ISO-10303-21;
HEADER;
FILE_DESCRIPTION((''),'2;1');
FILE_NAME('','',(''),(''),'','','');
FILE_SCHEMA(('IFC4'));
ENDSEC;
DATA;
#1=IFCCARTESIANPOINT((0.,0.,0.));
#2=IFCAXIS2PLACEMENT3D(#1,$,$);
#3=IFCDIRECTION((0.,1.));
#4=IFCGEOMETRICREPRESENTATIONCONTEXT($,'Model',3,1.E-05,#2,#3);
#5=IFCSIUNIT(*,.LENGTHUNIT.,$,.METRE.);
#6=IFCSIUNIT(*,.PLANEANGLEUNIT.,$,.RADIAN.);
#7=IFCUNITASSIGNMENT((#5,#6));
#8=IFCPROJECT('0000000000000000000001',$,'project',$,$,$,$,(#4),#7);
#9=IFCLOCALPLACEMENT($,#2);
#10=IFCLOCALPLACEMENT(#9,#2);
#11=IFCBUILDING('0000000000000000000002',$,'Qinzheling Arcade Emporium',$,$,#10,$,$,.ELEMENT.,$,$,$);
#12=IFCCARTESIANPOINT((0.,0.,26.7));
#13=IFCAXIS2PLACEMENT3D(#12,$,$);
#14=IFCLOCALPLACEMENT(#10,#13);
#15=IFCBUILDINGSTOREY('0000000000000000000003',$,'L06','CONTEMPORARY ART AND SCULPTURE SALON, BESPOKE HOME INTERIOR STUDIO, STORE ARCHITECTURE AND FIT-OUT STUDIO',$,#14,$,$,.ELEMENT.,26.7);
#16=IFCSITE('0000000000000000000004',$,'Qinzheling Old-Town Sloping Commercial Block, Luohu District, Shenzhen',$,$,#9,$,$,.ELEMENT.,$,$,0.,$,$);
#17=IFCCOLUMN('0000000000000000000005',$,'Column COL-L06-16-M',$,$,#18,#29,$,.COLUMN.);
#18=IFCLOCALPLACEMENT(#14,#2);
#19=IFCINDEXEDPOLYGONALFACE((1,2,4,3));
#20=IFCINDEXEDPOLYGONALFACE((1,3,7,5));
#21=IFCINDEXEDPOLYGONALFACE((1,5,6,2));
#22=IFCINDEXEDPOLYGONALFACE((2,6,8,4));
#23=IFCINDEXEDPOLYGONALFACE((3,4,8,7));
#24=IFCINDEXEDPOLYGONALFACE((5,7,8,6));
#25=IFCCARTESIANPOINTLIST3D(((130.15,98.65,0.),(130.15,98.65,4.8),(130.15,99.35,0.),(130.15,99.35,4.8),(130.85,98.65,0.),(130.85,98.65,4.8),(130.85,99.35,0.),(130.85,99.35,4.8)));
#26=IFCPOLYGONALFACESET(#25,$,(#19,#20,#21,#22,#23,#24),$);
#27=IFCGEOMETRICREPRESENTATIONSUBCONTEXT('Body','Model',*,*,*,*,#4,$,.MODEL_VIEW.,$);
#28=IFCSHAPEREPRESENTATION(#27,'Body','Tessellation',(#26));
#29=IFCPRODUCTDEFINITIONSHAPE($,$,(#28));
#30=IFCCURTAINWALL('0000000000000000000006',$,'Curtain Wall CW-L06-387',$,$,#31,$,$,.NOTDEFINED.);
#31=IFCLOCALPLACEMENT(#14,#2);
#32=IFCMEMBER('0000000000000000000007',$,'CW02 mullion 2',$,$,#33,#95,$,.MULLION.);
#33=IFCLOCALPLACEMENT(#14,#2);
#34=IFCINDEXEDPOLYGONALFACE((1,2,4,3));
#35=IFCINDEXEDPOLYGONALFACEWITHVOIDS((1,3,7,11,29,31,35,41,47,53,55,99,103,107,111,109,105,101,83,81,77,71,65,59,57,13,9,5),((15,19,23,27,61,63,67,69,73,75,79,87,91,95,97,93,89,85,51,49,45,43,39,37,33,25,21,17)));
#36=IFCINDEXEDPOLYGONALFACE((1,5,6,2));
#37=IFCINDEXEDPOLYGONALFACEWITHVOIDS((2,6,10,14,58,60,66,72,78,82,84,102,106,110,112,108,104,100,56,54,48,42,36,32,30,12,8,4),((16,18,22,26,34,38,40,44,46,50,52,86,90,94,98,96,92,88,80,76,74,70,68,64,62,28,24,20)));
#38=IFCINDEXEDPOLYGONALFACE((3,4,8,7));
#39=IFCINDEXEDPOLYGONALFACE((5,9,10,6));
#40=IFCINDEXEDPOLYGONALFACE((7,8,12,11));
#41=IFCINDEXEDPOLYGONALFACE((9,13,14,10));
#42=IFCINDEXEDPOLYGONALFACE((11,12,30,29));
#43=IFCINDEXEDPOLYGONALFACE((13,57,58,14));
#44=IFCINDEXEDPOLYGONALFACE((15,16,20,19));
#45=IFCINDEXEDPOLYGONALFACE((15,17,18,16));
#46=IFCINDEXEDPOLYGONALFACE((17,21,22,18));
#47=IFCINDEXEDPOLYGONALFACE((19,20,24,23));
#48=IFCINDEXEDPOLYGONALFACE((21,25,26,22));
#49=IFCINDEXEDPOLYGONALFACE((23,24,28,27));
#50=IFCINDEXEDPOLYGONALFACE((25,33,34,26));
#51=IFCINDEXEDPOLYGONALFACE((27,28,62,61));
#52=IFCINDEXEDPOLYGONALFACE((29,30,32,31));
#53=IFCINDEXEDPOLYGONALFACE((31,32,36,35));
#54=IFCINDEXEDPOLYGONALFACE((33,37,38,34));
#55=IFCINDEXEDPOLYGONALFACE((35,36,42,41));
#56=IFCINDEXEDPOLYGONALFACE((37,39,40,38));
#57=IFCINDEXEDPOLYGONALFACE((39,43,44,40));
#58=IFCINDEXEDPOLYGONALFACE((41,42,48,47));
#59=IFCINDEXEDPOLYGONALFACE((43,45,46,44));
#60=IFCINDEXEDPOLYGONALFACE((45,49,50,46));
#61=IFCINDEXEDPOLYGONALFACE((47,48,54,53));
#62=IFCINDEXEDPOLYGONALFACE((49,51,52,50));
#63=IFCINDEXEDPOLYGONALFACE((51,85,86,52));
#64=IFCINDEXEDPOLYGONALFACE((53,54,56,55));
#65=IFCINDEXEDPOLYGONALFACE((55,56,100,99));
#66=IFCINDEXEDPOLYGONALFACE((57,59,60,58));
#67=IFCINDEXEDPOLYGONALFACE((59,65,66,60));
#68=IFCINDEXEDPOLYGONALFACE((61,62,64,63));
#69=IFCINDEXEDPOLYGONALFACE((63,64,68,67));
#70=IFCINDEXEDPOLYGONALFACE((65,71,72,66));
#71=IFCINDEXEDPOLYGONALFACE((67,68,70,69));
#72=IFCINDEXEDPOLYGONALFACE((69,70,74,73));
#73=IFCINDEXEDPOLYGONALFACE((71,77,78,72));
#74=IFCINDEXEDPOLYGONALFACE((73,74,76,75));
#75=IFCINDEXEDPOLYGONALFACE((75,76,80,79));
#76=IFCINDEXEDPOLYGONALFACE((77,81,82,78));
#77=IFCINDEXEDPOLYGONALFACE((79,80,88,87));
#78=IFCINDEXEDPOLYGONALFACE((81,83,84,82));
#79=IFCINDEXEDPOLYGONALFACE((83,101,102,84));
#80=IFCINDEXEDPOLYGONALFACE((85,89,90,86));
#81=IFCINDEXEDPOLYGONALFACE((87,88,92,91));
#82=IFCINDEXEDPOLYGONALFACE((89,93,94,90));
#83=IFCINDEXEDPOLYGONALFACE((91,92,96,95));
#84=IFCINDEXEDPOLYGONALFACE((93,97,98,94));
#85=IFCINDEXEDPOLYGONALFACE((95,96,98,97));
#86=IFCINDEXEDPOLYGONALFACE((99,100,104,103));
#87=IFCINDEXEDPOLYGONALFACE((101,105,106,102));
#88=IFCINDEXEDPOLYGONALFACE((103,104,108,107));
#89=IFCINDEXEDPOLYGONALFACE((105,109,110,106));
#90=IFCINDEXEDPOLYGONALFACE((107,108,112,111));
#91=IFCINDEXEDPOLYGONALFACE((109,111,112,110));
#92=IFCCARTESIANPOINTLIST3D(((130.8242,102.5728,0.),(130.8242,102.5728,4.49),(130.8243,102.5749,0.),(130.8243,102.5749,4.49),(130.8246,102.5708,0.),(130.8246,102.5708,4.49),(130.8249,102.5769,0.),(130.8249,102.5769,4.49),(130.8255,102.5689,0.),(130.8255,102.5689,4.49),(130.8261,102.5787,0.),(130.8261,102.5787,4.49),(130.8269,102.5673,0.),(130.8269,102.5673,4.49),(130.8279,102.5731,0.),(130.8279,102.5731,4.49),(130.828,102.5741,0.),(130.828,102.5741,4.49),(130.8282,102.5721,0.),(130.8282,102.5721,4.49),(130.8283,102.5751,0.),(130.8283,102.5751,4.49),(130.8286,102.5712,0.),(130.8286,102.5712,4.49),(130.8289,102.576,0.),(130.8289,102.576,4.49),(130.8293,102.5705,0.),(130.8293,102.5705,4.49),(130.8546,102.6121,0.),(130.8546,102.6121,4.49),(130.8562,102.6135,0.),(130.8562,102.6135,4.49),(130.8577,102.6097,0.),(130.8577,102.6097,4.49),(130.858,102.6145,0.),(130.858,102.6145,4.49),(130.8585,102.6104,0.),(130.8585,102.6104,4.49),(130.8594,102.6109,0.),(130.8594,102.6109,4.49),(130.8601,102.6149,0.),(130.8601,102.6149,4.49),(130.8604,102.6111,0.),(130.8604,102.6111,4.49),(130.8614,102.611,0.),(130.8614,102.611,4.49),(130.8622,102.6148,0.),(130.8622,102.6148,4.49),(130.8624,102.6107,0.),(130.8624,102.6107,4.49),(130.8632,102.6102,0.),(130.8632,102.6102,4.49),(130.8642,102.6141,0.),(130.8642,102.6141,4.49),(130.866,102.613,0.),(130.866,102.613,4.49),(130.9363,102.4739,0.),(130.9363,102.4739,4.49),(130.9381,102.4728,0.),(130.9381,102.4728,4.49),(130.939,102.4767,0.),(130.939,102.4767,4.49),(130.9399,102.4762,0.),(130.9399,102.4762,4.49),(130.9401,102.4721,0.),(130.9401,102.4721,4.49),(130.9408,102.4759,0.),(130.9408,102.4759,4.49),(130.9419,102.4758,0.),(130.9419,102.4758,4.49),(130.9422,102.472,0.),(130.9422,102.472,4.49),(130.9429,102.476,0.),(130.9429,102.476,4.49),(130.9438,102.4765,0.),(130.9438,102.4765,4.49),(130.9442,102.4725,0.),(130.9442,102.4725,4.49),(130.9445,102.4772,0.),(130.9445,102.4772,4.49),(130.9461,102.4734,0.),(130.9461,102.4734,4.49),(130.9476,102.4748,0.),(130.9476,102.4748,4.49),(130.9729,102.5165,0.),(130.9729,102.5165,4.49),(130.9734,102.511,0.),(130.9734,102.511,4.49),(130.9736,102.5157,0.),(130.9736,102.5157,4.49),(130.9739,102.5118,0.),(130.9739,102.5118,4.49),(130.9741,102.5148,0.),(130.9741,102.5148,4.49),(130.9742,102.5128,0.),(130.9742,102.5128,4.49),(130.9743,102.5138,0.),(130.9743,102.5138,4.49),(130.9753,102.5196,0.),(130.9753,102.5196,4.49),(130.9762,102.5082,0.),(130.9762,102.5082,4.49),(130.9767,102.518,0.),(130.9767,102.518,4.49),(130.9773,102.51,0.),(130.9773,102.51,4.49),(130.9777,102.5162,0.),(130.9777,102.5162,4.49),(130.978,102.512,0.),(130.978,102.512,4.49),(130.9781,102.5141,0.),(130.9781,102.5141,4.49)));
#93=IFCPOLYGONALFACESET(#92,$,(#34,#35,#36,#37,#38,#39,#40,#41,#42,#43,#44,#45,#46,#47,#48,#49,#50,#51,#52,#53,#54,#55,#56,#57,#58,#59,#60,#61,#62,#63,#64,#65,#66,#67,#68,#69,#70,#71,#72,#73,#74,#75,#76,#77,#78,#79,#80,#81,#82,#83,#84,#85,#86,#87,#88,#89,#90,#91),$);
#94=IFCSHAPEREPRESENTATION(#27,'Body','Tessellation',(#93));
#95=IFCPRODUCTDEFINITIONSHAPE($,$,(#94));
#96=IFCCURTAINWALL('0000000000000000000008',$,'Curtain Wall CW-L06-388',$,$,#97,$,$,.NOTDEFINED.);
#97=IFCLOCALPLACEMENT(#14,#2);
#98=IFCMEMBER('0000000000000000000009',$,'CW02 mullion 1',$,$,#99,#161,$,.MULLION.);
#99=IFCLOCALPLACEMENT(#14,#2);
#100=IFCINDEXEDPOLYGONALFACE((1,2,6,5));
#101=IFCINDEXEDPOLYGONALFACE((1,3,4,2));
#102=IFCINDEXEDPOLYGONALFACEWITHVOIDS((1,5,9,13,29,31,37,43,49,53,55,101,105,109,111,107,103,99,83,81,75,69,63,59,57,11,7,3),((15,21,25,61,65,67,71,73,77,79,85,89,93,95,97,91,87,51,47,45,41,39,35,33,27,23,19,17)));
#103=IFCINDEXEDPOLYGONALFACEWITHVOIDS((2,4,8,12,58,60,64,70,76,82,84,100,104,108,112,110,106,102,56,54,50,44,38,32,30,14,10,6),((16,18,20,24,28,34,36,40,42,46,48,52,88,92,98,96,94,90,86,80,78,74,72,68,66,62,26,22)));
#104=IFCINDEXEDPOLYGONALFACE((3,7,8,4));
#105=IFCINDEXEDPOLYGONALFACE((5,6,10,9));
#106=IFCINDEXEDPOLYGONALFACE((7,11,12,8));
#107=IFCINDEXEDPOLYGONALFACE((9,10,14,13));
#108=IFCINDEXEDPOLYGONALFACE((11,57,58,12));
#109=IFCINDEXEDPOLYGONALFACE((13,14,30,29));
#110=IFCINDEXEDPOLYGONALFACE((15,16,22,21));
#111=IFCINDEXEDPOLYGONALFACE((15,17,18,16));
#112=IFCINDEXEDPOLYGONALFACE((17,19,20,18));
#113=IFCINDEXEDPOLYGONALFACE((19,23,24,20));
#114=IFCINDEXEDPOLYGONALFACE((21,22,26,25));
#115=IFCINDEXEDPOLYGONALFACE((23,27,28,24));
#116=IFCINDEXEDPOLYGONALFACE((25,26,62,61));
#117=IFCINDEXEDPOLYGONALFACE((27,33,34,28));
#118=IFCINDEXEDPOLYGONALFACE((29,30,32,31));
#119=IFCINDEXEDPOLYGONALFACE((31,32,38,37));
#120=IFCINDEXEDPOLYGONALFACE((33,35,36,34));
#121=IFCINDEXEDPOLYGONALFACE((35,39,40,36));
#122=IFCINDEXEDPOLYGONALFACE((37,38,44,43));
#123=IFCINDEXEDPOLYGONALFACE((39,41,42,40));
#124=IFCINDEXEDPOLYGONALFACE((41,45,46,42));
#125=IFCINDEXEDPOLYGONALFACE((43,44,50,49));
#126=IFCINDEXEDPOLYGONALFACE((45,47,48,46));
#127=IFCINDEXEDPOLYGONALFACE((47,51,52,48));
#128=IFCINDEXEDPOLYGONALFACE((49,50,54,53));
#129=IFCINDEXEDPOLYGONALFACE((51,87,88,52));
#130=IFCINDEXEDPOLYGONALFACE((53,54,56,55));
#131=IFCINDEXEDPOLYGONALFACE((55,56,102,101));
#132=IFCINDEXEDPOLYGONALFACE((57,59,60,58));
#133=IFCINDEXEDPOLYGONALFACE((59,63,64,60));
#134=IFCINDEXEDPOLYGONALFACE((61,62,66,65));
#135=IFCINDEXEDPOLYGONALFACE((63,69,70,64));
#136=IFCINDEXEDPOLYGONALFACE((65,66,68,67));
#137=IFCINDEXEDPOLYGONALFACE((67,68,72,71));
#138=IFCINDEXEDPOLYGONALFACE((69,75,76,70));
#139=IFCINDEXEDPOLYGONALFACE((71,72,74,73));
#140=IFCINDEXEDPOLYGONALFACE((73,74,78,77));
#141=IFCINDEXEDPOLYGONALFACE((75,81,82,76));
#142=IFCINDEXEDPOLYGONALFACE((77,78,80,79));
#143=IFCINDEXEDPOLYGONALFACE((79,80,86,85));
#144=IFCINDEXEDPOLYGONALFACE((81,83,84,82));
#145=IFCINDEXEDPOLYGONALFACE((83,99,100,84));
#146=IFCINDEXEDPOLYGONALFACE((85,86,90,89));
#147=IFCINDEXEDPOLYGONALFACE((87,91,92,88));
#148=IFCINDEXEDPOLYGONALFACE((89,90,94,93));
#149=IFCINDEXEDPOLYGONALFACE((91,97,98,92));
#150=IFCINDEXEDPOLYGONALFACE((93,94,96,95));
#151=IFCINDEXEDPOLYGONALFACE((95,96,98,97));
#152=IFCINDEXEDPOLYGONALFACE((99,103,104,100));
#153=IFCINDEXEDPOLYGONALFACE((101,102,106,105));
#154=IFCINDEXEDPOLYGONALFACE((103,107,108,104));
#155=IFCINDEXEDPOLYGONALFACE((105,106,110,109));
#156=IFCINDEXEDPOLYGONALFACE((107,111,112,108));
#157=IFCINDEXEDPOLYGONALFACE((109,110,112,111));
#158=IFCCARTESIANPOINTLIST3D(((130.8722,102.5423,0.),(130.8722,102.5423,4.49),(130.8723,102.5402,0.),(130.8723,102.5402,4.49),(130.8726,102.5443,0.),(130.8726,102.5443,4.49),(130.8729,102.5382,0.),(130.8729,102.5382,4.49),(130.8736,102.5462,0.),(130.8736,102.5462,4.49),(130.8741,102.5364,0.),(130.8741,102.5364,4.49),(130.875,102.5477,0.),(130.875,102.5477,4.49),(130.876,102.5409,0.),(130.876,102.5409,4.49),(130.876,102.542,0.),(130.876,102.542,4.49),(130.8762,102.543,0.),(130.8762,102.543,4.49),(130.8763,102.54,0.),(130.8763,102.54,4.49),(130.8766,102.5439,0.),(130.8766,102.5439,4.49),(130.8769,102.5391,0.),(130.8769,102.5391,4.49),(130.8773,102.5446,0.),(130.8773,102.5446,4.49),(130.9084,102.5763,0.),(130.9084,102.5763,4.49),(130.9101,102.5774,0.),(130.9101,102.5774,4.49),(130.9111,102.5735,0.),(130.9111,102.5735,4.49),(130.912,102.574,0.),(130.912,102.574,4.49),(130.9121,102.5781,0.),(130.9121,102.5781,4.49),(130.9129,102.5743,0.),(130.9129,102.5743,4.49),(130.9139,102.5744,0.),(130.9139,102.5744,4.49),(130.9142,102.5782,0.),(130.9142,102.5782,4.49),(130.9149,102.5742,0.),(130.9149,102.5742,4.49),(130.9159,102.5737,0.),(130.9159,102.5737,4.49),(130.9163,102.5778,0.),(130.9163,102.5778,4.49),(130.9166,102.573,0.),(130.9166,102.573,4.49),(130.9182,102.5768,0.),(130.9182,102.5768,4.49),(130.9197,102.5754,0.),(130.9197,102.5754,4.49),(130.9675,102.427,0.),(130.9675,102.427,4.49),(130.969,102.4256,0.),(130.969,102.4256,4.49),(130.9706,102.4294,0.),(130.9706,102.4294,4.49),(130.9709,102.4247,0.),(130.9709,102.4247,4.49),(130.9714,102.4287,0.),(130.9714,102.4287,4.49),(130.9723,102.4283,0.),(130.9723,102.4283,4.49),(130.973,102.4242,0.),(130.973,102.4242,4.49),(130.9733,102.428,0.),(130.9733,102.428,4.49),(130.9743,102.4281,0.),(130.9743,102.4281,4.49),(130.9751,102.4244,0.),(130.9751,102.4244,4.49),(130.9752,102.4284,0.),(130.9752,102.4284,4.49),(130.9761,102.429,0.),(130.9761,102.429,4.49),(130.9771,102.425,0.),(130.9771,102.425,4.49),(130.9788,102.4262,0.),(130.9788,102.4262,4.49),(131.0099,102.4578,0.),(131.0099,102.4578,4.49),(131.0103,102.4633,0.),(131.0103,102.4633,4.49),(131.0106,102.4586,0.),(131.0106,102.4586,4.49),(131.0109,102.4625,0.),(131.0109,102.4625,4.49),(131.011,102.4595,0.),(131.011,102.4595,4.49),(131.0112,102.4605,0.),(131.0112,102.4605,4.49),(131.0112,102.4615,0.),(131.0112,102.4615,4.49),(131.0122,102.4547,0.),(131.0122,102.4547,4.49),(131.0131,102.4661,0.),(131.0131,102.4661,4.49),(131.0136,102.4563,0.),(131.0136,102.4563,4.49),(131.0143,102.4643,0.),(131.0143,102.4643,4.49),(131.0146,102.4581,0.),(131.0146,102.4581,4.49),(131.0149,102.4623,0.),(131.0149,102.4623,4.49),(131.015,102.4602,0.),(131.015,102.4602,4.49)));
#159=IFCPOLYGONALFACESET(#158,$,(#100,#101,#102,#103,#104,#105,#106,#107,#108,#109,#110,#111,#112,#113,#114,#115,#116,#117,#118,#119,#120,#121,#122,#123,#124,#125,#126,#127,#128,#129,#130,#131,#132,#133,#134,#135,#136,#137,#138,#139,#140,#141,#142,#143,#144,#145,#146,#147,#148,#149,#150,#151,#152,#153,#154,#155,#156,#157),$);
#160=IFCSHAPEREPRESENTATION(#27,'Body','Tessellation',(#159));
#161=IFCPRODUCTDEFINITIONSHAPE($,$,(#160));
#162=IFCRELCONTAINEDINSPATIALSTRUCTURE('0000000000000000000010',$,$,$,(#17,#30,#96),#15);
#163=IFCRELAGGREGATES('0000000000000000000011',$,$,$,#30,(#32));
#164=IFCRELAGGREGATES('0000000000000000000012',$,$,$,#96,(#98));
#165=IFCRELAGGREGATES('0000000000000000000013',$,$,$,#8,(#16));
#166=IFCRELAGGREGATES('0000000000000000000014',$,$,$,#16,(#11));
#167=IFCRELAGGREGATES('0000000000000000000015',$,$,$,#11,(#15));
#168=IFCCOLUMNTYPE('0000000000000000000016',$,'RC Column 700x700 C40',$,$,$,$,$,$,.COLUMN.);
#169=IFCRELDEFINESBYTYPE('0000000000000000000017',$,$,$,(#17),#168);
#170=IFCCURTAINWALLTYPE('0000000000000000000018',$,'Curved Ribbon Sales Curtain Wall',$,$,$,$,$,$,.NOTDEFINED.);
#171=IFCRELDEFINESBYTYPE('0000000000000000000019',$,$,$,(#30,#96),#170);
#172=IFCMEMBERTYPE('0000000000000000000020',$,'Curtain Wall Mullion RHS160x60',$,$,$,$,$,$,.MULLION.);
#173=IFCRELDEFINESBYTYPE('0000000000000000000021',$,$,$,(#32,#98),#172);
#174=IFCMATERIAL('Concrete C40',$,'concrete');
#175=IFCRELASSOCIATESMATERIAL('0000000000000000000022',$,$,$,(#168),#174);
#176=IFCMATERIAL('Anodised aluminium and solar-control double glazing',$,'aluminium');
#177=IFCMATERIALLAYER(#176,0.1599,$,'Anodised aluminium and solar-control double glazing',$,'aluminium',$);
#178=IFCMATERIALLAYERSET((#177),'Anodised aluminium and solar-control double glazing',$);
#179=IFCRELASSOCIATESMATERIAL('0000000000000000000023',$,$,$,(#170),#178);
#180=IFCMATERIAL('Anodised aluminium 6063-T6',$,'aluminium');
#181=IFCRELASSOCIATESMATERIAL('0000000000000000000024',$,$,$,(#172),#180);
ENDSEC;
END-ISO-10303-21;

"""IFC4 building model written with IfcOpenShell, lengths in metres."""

from ifc_helpers import new_model, si_unit, direction, frame, origin, origin_2d, place, context, subcontext, project, spatial, rectangle, hollow_rectangle, extrude, material, layer, layer_set, material_profile, profile_set, type_object, element, aggregate, save


model = new_model("IFC4")

# Units and contexts
model_context = context("Model", 3, precision=1e-05, world=origin(), true_north=direction((0.0, 1.0)))
body_context = subcontext(model_context, "Body", "Model", "MODEL_VIEW")
ifc_project = project(units=[si_unit("LENGTHUNIT", "METRE"), si_unit("PLANEANGLEUNIT", "RADIAN")], contexts=[model_context])

# Site, building, storey
site_placement = place(None, origin())
site = spatial("IfcSite", under=ifc_project, at=site_placement, Name="Qinzheling Old-Town Sloping Commercial Block, Luohu District, Shenzhen", CompositionType="ELEMENT", RefElevation=0.0)
building_placement = place(site_placement, origin())
building = spatial("IfcBuilding", under=site, at=building_placement, Name="Qinzheling Arcade Emporium", CompositionType="ELEMENT")
storey_placement = place(building_placement, frame((0.0, 0.0, 26.7)))
storey = spatial("IfcBuildingStorey", under=building, at=storey_placement, Name="L06", Description="CONTEMPORARY ART AND SCULPTURE SALON, BESPOKE HOME INTERIOR STUDIO, STORE ARCHITECTURE AND FIT-OUT STUDIO", CompositionType="ELEMENT", Elevation=26.7)

# Column
ifc_material_1 = material(Name="Concrete C40", Category="concrete")
ifc_material_profile_1 = material_profile(ifc_material_1, rectangle(XDim=0.7, YDim=0.7, at=origin_2d()), Name="RC 700x700", Category="concrete")
ifc_profile_set_1 = profile_set([ifc_material_profile_1], Name="Concrete C40")
column_type = type_object("IfcColumnType", Name="RC Column 700x700 C40", PredefinedType="COLUMN", material=ifc_profile_set_1)
column_placement = place(storey_placement, frame((130.5, 99.0, 0.0), z_axis=(0.0, 0.0, 1.0), x_axis=(1.0, 0.0, 0.0)))
element("IfcColumn", 1, at=column_placement, inside=storey, type_object=column_type, Name="Column COL-L06-16-M", PredefinedType="COLUMN", context=body_context, shape_type="SweptSolid", body=[
    extrude(rectangle(XDim=0.7, YDim=0.7, at=origin_2d()), origin(), (0.0, 0.0, 1.0), 4.8),
])

# Curtain wall, member
ifc_material_2 = material(Name="Anodised aluminium and solar-control double glazing", Category="aluminium")
ifc_layer_1 = layer(ifc_material_2, 0.1599, Name="Anodised aluminium and solar-control double glazing", Category="aluminium")
ifc_layer_set_1 = layer_set([ifc_layer_1], Name="Anodised aluminium and solar-control double glazing")
curtain_wall_type = type_object("IfcCurtainWallType", Name="Curved Ribbon Sales Curtain Wall", PredefinedType="NOTDEFINED", material=ifc_layer_set_1)
curtain_wall_1_placement = place(storey_placement, origin())
curtain_wall_1 = element("IfcCurtainWall", 2, at=curtain_wall_1_placement, inside=storey, type_object=curtain_wall_type, Name="Curtain Wall CW-L06-387", PredefinedType="NOTDEFINED")
ifc_material_3 = material(Name="Anodised aluminium 6063-T6", Category="aluminium")
ifc_material_profile_2 = material_profile(ifc_material_3, hollow_rectangle(XDim=0.0601, YDim=0.1599, WallThickness=0.0039, InnerFilletRadius=0.0039, OuterFilletRadius=0.0081, at=origin_2d()), Name="RHS 160x60x4", Category="aluminium")
ifc_profile_set_2 = profile_set([ifc_material_profile_2], Name="Anodised aluminium 6063-T6")
member_type_1 = type_object("IfcMemberType", Name="Curtain Wall Mullion RHS160x60", PredefinedType="MULLION", material=ifc_profile_set_2)
member_1_placement = place(storey_placement, frame((130.9011, 102.5435, 0.0), z_axis=(0.0, 0.0, 1.0), x_axis=(0.649496, 0.760365, 0.0)))
member_1 = element("IfcMember", 3, at=member_1_placement, type_object=member_type_1, Name="CW02 mullion 2", PredefinedType="MULLION", context=body_context, shape_type="SweptSolid", body=[
    extrude(hollow_rectangle(XDim=0.0601, YDim=0.1599, WallThickness=0.0039, InnerFilletRadius=0.0039, OuterFilletRadius=0.0081, at=origin_2d()), origin(), (0.0, 0.0, 1.0), 4.49),
])

# Curtain wall, member
curtain_wall_2_placement = place(storey_placement, origin())
curtain_wall_2 = element("IfcCurtainWall", 4, at=curtain_wall_2_placement, inside=storey, type_object=curtain_wall_type, Name="Curtain Wall CW-L06-388", PredefinedType="NOTDEFINED")
member_2_placement = place(storey_placement, frame((130.9436, 102.5012, 0.0), z_axis=(0.0, 0.0, 1.0), x_axis=(0.760365, 0.649496, 0.0)))
member_2 = element("IfcMember", 5, at=member_2_placement, type_object=member_type_1, Name="CW02 mullion 1", PredefinedType="MULLION", context=body_context, shape_type="SweptSolid", body=[
    extrude(hollow_rectangle(XDim=0.0601, YDim=0.1599, WallThickness=0.0039, InnerFilletRadius=0.0039, OuterFilletRadius=0.0081, at=origin_2d()), origin(), (0.0, 0.0, 1.0), 4.49),
])

aggregate(curtain_wall_1, [member_1])
aggregate(curtain_wall_2, [member_2])

save(model, "model.ifc")
